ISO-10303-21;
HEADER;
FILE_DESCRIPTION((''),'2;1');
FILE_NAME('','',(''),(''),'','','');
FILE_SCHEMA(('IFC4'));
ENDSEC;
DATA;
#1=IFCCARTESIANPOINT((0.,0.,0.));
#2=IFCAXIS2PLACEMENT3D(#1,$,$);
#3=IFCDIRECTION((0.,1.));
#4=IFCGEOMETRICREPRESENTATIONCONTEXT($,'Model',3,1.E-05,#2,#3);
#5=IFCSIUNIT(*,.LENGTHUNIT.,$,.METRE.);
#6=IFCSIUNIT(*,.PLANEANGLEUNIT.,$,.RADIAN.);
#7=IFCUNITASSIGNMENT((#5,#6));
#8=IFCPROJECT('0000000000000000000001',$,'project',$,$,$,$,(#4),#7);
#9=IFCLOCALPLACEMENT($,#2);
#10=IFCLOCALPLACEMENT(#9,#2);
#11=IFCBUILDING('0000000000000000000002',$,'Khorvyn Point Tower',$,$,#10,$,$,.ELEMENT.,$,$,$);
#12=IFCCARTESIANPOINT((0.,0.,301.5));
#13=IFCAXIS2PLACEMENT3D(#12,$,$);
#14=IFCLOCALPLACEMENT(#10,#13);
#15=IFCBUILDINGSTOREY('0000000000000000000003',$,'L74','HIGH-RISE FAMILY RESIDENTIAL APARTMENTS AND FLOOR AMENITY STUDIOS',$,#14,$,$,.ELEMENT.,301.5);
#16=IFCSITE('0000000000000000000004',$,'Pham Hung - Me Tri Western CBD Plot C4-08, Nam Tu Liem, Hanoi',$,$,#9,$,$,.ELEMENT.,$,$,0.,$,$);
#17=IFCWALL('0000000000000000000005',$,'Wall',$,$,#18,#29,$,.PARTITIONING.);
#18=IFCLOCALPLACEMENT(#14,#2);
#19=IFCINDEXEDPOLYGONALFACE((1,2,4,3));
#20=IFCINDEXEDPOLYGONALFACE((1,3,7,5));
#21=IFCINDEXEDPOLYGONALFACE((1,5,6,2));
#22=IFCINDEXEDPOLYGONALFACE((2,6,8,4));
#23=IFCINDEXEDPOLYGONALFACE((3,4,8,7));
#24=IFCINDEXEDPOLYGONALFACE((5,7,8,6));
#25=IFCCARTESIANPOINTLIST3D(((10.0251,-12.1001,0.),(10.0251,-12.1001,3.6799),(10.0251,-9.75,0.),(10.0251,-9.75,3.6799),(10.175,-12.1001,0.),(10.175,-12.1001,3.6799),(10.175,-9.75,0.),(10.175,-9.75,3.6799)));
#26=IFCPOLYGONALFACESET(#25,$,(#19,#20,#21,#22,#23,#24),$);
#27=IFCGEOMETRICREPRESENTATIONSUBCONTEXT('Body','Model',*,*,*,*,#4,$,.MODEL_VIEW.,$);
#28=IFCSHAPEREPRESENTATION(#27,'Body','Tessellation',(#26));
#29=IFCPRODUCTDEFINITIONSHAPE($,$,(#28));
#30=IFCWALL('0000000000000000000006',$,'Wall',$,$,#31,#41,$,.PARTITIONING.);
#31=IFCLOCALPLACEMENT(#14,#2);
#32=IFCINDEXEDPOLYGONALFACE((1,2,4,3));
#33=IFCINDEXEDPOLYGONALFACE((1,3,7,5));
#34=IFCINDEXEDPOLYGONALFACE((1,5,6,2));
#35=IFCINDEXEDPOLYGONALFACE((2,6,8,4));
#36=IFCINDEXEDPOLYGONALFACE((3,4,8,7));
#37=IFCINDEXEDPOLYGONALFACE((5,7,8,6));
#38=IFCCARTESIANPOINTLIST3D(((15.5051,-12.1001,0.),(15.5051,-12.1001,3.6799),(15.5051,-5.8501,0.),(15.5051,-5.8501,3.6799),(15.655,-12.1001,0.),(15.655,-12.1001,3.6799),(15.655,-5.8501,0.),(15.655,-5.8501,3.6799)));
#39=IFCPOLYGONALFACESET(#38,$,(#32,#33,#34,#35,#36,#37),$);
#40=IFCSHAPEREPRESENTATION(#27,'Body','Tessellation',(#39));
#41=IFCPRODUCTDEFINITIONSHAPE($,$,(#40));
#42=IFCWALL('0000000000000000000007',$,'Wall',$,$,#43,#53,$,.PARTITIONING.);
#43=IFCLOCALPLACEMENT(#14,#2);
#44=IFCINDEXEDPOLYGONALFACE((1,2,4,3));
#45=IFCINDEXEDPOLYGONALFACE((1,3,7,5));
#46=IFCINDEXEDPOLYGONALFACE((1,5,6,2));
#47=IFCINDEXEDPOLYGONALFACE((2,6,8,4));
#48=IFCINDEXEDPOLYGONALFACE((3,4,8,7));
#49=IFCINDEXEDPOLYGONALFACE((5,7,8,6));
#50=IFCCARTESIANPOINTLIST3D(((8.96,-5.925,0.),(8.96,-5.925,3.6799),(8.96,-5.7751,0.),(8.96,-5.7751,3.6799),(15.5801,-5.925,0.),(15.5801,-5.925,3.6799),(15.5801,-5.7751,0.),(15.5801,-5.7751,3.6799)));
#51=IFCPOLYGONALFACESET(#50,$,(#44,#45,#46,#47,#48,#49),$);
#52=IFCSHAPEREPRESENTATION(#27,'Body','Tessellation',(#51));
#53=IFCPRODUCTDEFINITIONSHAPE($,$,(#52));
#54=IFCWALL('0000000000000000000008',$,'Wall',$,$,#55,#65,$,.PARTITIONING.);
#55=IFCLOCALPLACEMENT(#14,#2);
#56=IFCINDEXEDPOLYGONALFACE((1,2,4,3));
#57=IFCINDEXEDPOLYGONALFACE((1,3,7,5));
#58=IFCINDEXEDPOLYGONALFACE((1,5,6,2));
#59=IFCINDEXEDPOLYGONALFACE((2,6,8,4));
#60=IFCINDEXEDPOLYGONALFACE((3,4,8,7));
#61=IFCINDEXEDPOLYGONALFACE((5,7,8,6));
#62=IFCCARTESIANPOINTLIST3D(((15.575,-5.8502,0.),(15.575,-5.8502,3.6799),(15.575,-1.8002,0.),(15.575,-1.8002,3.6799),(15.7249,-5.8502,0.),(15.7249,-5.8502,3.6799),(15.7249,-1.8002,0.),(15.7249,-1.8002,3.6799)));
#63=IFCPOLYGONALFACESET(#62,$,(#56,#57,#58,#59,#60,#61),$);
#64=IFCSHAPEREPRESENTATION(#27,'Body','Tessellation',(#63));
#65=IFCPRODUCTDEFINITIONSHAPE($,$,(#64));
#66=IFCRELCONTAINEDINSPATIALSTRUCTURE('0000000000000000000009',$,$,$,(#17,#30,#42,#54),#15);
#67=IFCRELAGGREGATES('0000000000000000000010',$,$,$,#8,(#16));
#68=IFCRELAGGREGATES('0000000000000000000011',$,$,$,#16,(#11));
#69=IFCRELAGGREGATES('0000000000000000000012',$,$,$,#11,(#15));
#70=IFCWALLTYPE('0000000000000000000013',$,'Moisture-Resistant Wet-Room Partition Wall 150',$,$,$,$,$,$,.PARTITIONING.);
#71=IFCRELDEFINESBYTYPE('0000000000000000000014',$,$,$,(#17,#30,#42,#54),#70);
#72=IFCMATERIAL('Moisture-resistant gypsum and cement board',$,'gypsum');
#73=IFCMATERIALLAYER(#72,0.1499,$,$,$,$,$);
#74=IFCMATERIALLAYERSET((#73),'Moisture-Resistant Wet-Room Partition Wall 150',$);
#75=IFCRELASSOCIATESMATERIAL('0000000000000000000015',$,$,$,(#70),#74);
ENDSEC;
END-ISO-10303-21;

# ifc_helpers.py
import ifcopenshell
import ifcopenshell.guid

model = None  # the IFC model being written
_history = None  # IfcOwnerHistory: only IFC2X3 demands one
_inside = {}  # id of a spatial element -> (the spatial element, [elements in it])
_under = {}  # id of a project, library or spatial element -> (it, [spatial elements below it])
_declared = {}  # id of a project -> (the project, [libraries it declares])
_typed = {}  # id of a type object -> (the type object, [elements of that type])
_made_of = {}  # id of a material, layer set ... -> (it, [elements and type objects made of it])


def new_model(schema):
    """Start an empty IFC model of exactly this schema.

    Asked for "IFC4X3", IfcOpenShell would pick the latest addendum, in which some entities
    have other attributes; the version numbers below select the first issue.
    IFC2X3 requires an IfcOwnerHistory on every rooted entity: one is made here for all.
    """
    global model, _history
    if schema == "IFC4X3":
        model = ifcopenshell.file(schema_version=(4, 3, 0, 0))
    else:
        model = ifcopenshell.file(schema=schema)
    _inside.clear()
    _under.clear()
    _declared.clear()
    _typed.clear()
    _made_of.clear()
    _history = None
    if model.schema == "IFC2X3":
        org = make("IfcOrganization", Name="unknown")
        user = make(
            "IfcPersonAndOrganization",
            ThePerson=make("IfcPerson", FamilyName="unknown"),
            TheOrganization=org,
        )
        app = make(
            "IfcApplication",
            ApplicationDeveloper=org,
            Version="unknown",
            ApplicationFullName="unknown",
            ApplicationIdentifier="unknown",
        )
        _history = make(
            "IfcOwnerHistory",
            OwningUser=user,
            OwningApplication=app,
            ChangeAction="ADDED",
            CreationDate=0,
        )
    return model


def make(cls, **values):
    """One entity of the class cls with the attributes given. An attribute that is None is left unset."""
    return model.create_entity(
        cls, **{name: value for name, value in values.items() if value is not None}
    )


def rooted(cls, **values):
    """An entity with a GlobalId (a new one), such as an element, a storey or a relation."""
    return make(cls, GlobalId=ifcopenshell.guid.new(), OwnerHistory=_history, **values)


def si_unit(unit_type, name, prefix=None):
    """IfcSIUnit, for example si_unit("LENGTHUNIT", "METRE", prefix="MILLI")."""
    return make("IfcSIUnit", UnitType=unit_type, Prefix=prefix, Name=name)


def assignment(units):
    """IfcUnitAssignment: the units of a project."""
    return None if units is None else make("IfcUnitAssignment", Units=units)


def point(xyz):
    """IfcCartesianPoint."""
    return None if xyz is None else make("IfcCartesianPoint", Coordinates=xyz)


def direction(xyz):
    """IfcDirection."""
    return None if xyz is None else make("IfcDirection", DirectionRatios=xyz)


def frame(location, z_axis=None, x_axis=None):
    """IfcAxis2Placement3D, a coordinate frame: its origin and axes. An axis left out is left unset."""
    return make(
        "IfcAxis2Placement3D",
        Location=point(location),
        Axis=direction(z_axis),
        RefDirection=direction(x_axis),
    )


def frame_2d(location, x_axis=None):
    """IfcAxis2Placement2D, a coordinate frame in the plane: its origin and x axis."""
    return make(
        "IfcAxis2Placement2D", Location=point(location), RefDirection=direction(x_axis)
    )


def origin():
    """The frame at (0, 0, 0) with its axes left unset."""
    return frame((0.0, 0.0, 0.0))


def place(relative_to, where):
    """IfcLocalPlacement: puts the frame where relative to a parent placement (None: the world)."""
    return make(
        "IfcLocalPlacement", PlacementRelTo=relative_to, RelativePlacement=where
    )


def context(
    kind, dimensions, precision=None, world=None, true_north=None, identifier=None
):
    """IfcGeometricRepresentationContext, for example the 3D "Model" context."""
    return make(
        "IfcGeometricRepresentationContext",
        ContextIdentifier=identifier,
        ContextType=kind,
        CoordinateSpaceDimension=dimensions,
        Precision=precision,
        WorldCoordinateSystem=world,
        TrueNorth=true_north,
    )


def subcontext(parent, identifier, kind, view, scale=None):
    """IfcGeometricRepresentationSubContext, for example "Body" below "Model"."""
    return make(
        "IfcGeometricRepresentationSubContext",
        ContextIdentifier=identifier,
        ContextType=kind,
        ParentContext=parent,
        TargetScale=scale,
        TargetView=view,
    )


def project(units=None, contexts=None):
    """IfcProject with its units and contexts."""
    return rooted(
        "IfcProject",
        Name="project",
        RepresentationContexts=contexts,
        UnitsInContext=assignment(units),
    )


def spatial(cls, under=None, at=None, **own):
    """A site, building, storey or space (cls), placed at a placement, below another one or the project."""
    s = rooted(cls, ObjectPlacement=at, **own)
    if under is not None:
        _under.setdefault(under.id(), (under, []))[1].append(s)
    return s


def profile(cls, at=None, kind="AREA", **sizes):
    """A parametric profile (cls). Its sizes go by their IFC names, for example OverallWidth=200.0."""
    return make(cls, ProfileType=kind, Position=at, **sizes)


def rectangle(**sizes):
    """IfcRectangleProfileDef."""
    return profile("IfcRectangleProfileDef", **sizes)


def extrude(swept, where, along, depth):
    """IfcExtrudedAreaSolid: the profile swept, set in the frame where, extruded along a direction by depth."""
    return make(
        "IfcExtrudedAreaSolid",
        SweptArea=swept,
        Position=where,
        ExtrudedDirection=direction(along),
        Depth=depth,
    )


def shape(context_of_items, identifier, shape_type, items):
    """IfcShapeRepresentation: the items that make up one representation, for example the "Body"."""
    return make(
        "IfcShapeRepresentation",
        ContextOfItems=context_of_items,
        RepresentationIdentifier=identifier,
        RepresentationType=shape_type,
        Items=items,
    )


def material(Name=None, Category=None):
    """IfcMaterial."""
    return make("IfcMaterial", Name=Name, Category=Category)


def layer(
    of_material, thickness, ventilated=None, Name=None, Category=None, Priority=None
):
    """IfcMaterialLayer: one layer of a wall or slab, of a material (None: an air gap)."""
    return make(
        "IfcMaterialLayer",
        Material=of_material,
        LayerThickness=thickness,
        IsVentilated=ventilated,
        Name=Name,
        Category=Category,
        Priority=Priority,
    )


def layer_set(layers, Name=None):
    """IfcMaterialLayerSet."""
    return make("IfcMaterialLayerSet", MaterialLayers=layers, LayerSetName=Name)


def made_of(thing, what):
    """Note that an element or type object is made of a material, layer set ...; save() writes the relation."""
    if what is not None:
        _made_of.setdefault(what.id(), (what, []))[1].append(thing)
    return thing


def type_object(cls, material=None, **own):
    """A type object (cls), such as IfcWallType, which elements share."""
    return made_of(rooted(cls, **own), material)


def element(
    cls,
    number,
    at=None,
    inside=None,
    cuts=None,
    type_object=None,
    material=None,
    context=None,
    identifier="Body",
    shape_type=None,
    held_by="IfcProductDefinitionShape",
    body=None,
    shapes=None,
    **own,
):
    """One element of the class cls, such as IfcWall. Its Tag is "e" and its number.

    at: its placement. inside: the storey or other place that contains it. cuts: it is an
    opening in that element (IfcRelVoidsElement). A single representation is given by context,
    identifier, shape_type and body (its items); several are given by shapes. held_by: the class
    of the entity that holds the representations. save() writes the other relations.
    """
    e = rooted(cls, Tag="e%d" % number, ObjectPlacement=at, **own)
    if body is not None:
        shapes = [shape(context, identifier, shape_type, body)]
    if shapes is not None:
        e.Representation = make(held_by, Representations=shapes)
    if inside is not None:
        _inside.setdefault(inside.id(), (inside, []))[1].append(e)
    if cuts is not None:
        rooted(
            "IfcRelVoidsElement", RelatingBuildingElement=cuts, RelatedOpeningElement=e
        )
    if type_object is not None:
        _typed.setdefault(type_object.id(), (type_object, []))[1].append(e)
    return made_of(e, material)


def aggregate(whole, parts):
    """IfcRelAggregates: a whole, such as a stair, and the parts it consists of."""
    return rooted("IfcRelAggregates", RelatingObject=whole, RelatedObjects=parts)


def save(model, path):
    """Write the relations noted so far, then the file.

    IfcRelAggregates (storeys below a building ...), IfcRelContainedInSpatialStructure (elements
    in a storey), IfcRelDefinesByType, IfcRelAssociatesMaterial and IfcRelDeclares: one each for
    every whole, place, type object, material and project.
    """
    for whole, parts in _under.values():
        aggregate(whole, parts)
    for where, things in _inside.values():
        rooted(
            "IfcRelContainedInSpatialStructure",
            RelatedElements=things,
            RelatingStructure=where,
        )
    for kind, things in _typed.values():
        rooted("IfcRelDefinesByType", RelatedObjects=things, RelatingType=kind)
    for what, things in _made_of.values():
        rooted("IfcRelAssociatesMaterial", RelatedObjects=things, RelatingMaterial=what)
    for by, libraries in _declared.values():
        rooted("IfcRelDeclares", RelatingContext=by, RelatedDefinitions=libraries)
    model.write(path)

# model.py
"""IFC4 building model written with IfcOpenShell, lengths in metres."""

from ifc_helpers import new_model, si_unit, direction, frame, frame_2d, origin, place, context, subcontext, project, spatial, rectangle, extrude, material, layer, layer_set, type_object, element, save


model = new_model("IFC4")

# Units and contexts
model_context = context("Model", 3, precision=1e-05, world=origin(), true_north=direction((0.0, 1.0)))
body_context = subcontext(model_context, "Body", "Model", "MODEL_VIEW")
ifc_project = project(units=[si_unit("LENGTHUNIT", "METRE"), si_unit("PLANEANGLEUNIT", "RADIAN")], contexts=[model_context])

# Site, building, storey
site_placement = place(None, origin())
site = spatial("IfcSite", under=ifc_project, at=site_placement, Name="Pham Hung - Me Tri Western CBD Plot C4-08, Nam Tu Liem, Hanoi", CompositionType="ELEMENT", RefElevation=0.0)
building_placement = place(site_placement, origin())
building = spatial("IfcBuilding", under=site, at=building_placement, Name="Khorvyn Point Tower", CompositionType="ELEMENT")
storey_placement = place(building_placement, frame((0.0, 0.0, 301.5)))
storey = spatial("IfcBuildingStorey", under=building, at=storey_placement, Name="L74", Description="HIGH-RISE FAMILY RESIDENTIAL APARTMENTS AND FLOOR AMENITY STUDIOS", CompositionType="ELEMENT", Elevation=301.5)

# Shared definitions
ifc_material_1 = material(Name="Moisture-resistant gypsum and cement board", Category="gypsum")
ifc_layer_1 = layer(ifc_material_1, 0.1499)
ifc_layer_set_1 = layer_set([ifc_layer_1], Name="Moisture-Resistant Wet-Room Partition Wall 150")
wall_type_1 = type_object("IfcWallType", Name="Moisture-Resistant Wet-Room Partition Wall 150", PredefinedType="PARTITIONING", material=ifc_layer_set_1)

# Walls
wall_1_placement = place(storey_placement, frame((10.1001, -12.1001, 0.0), z_axis=(0.0, 0.0, 1.0), x_axis=(0.0, 1.0, 0.0)))
element("IfcWall", 1, at=wall_1_placement, inside=storey, type_object=wall_type_1, Name="Wall", PredefinedType="PARTITIONING", context=body_context, shape_type="SweptSolid", body=[
    extrude(rectangle(XDim=2.3501, YDim=0.1499, at=frame_2d((1.175, 0.0))), origin(), (0.0, 0.0, 1.0), 3.6799),
])
wall_2_placement = place(storey_placement, frame((15.5801, -12.1001, 0.0), z_axis=(0.0, 0.0, 1.0), x_axis=(0.0, 1.0, 0.0)))
element("IfcWall", 2, at=wall_2_placement, inside=storey, type_object=wall_type_1, Name="Wall", PredefinedType="PARTITIONING", context=body_context, shape_type="SweptSolid", body=[
    extrude(rectangle(XDim=6.25, YDim=0.1499, at=frame_2d((3.125, 0.0))), origin(), (0.0, 0.0, 1.0), 3.6799),
])
wall_3_placement = place(storey_placement, frame((8.96, -5.8501, 0.0), z_axis=(0.0, 0.0, 1.0), x_axis=(1.0, 0.0, 0.0)))
element("IfcWall", 3, at=wall_3_placement, inside=storey, type_object=wall_type_1, Name="Wall", PredefinedType="PARTITIONING", context=body_context, shape_type="SweptSolid", body=[
    extrude(rectangle(XDim=6.6201, YDim=0.1499, at=frame_2d((3.3101, 0.0))), origin(), (0.0, 0.0, 1.0), 3.6799),
])
wall_4_placement = place(storey_placement, frame((15.6499, -5.8501, 0.0), z_axis=(0.0, 0.0, 1.0), x_axis=(0.0, 1.0, 0.0)))
element("IfcWall", 4, at=wall_4_placement, inside=storey, type_object=wall_type_1, Name="Wall", PredefinedType="PARTITIONING", context=body_context, shape_type="SweptSolid", body=[
    extrude(rectangle(XDim=4.05, YDim=0.1499, at=frame_2d((2.0249, 0.0))), origin(), (0.0, 0.0, 1.0), 3.6799),
])

save(model, "model.ifc")
